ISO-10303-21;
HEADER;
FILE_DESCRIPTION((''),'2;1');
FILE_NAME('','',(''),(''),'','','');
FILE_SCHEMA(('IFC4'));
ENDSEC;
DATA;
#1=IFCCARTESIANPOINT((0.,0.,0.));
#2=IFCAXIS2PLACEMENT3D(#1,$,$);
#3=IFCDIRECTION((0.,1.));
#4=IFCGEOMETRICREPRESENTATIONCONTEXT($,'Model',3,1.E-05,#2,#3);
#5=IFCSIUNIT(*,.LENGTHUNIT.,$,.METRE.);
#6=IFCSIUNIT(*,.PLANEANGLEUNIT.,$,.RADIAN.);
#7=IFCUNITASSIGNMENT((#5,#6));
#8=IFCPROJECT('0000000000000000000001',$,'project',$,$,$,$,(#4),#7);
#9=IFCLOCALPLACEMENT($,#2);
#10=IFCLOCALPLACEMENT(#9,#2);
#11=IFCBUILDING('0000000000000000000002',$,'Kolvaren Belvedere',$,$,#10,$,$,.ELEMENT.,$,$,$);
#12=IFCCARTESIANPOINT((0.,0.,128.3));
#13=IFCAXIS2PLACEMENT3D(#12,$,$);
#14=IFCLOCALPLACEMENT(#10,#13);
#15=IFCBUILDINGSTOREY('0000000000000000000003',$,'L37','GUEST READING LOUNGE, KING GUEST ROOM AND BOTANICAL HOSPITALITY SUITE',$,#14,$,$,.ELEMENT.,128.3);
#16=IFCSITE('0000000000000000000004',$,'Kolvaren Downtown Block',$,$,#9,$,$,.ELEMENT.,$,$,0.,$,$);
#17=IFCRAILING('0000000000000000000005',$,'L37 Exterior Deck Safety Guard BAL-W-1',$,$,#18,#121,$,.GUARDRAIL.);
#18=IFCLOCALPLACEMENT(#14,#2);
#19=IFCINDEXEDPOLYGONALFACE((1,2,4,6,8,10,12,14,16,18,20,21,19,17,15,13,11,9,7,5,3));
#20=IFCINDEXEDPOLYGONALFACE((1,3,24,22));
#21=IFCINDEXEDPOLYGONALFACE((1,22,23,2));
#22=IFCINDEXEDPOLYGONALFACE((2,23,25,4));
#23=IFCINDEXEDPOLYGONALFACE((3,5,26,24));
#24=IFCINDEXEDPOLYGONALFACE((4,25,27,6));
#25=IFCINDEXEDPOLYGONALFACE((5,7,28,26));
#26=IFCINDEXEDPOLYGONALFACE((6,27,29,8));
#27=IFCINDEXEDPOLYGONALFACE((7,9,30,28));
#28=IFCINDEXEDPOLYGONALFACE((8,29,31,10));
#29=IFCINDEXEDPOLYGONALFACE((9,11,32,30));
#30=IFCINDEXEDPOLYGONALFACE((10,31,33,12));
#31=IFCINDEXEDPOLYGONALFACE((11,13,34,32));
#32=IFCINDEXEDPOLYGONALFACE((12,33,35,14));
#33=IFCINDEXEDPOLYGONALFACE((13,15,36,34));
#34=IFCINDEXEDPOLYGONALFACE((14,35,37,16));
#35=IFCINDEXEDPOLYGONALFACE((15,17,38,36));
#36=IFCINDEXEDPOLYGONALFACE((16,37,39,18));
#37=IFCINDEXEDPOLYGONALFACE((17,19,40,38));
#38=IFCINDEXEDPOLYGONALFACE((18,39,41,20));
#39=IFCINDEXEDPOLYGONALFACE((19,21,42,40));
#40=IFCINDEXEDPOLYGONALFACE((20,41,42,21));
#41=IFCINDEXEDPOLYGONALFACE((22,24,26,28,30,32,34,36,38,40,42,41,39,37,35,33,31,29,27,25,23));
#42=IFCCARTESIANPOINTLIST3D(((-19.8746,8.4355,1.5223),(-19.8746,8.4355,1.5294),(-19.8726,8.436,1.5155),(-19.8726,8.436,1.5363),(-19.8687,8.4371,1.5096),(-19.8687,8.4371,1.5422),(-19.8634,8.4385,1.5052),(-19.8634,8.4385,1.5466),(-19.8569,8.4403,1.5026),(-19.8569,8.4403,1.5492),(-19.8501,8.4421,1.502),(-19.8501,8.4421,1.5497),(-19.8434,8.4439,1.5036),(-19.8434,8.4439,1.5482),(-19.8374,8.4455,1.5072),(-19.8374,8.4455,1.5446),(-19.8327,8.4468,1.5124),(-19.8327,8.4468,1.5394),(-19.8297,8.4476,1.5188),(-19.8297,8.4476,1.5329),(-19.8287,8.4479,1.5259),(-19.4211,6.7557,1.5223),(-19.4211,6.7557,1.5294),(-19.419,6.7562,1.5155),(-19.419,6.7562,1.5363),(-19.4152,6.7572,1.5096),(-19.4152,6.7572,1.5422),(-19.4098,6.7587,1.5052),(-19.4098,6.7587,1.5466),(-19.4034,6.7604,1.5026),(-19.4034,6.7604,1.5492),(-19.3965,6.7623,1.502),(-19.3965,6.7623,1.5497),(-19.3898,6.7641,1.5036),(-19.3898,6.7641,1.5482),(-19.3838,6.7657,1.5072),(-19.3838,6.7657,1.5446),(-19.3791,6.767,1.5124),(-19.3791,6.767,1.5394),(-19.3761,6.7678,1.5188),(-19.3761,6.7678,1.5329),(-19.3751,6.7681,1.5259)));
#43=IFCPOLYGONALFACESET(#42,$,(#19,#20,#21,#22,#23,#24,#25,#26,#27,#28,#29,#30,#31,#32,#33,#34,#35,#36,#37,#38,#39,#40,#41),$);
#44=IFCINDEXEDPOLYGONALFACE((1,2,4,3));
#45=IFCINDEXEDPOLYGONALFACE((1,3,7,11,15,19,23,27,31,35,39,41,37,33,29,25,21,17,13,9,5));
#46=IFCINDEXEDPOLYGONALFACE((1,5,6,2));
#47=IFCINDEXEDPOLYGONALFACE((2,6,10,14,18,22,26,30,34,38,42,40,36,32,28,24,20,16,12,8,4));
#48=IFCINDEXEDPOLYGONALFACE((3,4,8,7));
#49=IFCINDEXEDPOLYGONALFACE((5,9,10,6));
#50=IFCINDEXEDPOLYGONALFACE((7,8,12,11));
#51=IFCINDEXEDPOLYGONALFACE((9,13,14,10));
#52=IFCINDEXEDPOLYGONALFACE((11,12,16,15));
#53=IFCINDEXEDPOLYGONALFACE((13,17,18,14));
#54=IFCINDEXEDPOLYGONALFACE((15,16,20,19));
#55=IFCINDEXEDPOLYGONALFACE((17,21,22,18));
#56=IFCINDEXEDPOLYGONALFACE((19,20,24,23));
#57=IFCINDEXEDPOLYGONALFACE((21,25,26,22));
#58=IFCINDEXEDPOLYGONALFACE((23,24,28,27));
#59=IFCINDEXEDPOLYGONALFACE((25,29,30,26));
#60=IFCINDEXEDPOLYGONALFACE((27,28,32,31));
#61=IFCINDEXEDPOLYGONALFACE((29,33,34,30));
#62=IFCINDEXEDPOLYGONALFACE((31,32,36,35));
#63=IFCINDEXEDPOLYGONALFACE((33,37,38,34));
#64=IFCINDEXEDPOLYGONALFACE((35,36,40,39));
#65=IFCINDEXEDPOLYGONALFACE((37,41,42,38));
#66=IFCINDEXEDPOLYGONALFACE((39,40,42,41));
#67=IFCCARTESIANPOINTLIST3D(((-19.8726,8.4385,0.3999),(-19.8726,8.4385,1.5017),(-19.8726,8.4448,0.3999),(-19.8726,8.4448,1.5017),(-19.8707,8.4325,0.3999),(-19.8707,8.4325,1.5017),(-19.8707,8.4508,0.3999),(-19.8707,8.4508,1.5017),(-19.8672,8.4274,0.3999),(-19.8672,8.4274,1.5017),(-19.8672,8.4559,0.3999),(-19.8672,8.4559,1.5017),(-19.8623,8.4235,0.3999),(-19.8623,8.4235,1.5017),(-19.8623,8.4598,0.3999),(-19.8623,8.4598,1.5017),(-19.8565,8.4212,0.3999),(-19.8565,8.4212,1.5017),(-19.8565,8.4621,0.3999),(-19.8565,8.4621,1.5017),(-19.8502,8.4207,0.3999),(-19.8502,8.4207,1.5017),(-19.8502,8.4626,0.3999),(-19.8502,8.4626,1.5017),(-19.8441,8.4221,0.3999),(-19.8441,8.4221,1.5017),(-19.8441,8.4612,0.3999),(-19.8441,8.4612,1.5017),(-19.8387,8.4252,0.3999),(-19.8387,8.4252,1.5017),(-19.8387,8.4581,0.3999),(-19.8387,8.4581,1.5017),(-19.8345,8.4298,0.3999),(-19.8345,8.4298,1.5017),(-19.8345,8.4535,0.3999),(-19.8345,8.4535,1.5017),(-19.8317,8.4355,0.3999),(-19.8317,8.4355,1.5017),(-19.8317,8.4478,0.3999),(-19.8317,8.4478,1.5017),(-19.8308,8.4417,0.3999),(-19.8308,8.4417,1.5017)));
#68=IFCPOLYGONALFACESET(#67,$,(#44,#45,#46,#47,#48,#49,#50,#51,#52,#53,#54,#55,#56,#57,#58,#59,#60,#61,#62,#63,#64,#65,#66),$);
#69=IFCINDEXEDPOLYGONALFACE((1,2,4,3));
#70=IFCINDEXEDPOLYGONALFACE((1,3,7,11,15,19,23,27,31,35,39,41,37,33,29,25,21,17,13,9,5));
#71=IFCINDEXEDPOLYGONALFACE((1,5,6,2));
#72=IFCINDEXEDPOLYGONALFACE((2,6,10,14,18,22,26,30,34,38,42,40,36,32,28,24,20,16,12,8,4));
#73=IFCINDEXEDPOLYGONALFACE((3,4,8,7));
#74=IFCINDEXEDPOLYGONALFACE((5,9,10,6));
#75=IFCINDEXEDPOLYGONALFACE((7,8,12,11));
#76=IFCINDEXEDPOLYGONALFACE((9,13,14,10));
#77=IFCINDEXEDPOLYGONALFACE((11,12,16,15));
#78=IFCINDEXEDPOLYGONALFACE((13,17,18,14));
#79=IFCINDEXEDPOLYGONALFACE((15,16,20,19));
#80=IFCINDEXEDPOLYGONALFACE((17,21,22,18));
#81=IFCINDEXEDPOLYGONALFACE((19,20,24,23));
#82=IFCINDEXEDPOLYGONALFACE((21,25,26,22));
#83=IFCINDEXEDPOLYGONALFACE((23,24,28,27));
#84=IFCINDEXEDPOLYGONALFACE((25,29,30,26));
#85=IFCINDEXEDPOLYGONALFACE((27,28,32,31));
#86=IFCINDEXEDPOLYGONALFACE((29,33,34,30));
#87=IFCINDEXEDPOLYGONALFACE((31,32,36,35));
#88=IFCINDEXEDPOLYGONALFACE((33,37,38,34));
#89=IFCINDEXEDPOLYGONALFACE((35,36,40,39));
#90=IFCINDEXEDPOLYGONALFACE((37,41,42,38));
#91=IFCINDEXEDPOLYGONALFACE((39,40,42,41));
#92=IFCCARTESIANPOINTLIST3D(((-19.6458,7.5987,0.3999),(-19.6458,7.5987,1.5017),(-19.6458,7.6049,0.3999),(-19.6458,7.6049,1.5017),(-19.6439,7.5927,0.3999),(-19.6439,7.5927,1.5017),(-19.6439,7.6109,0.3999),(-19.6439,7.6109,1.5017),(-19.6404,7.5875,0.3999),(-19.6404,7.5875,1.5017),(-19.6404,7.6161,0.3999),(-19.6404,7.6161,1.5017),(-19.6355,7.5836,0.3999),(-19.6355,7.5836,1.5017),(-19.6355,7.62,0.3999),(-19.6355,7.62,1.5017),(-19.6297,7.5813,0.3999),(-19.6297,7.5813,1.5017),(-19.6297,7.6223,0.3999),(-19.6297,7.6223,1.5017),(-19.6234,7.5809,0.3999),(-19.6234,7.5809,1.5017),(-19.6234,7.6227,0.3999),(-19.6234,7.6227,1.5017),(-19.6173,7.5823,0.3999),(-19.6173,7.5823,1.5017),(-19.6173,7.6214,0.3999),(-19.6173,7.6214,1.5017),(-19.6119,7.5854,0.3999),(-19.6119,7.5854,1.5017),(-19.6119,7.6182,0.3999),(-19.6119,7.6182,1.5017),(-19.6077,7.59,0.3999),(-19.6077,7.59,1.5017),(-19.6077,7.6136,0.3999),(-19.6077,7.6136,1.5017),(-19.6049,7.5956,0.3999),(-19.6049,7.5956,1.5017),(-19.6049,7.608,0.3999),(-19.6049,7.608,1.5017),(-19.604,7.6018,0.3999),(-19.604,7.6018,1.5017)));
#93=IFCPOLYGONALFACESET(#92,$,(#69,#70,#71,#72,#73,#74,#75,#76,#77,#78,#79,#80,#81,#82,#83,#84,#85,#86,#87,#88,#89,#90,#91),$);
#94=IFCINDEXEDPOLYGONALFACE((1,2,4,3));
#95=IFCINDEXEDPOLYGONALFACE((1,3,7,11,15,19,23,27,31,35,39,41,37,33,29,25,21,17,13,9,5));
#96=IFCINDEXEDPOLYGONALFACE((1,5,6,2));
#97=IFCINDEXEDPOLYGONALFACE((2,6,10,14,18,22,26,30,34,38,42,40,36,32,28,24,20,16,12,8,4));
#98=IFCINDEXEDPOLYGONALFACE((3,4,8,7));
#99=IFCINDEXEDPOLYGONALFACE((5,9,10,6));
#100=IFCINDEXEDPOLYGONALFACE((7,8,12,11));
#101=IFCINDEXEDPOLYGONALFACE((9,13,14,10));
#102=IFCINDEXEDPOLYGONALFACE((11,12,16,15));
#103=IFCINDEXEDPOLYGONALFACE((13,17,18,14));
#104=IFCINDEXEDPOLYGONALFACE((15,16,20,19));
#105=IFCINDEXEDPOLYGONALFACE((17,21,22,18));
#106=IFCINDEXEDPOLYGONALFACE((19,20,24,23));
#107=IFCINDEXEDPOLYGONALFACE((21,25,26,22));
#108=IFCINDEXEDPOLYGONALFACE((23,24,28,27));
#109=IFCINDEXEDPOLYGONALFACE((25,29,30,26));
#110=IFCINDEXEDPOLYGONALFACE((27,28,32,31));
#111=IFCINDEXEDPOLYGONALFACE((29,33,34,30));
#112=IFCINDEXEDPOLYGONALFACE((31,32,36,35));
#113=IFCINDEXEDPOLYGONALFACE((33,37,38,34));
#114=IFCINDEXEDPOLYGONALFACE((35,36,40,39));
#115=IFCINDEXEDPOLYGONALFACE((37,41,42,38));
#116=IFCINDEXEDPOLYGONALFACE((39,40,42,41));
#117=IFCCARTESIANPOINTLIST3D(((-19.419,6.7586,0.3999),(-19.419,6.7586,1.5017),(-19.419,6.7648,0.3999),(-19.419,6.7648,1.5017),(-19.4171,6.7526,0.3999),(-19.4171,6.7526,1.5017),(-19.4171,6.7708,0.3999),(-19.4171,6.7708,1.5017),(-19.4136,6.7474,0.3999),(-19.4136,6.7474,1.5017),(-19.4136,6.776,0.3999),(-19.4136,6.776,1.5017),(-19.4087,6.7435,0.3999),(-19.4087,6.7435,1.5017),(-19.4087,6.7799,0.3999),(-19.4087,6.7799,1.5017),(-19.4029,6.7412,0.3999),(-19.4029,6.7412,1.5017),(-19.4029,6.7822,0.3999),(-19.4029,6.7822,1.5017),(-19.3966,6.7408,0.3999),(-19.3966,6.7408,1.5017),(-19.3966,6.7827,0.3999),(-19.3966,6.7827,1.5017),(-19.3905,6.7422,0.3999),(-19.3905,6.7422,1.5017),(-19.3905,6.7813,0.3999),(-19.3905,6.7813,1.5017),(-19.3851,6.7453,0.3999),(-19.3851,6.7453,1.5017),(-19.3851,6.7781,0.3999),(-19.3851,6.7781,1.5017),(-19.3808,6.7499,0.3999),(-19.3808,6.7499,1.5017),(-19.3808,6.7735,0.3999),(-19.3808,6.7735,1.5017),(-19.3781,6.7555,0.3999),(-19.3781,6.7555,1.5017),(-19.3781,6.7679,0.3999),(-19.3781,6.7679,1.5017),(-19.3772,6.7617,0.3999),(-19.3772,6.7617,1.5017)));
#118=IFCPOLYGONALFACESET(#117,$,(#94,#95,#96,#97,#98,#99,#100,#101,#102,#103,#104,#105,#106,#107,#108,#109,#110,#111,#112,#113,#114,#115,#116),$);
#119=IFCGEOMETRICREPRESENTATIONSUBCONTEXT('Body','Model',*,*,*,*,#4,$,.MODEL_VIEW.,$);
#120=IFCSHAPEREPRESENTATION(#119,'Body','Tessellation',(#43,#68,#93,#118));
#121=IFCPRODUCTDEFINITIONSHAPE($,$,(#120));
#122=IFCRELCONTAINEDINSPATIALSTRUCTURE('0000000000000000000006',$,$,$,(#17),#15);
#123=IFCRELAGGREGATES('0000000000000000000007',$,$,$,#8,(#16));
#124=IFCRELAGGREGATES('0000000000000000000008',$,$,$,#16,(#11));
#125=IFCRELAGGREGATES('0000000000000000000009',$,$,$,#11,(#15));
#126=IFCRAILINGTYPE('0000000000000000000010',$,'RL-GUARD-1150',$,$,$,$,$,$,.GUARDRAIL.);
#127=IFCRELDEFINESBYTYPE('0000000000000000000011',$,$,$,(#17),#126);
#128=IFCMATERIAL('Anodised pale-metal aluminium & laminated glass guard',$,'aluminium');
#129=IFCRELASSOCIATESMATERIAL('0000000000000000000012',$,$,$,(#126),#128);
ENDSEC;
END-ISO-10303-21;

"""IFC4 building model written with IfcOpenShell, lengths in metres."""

from ifc_helpers import new_model, si_unit, direction, frame, origin, origin_2d, place, context, subcontext, project, spatial, circle, extrude, material, type_object, element, save


model = new_model("IFC4")

# Units and contexts
model_context = context("Model", 3, precision=1e-05, world=origin(), true_north=direction((0.0, 1.0)))
body_context = subcontext(model_context, "Body", "Model", "MODEL_VIEW")
ifc_project = project(units=[si_unit("LENGTHUNIT", "METRE"), si_unit("PLANEANGLEUNIT", "RADIAN")], contexts=[model_context])

# Site, building, storey
site_placement = place(None, origin())
site = spatial("IfcSite", under=ifc_project, at=site_placement, Name="Kolvaren Downtown Block", CompositionType="ELEMENT", RefElevation=0.0)
building_placement = place(site_placement, origin())
building = spatial("IfcBuilding", under=site, at=building_placement, Name="Kolvaren Belvedere", CompositionType="ELEMENT")
storey_placement = place(building_placement, frame((0.0, 0.0, 128.3)))
storey = spatial("IfcBuildingStorey", under=building, at=storey_placement, Name="L37", Description="GUEST READING LOUNGE, KING GUEST ROOM AND BOTANICAL HOSPITALITY SUITE", CompositionType="ELEMENT", Elevation=128.3)

# Railing
ifc_material_1 = material(Name="Anodised pale-metal aluminium & laminated glass guard", Category="aluminium")
railing_type = type_object("IfcRailingType", Name="RL-GUARD-1150", PredefinedType="GUARDRAIL", material=ifc_material_1)
railing_1_placement = place(storey_placement, frame((-19.8518, 8.4417, 0.3999)))
element("IfcRailing", 1, at=railing_1_placement, inside=storey, type_object=railing_type, Name="L37 Exterior Deck Safety Guard BAL-W-1", PredefinedType="GUARDRAIL", context=body_context, shape_type="SweptSolid", body=[
    extrude(circle(Radius=0.0239, at=origin_2d()), frame((0.0, 0.0, 1.126), z_axis=(0.260683, -0.965424, 0.0), x_axis=(0.965424, 0.260683, 0.0)), (0.0, 0.0, 1.0), 1.74),
    extrude(circle(Radius=0.021, at=origin_2d()), origin(), (0.0, 0.0, 1.0), 1.1018),
    extrude(circle(Radius=0.021, at=origin_2d()), frame((0.2268, -0.8398, 0.0)), (0.0, 0.0, 1.0), 1.1018),
    extrude(circle(Radius=0.021, at=origin_2d()), frame((0.4536, -1.6799, 0.0)), (0.0, 0.0, 1.0), 1.1018),
])

save(model, "model.ifc")
